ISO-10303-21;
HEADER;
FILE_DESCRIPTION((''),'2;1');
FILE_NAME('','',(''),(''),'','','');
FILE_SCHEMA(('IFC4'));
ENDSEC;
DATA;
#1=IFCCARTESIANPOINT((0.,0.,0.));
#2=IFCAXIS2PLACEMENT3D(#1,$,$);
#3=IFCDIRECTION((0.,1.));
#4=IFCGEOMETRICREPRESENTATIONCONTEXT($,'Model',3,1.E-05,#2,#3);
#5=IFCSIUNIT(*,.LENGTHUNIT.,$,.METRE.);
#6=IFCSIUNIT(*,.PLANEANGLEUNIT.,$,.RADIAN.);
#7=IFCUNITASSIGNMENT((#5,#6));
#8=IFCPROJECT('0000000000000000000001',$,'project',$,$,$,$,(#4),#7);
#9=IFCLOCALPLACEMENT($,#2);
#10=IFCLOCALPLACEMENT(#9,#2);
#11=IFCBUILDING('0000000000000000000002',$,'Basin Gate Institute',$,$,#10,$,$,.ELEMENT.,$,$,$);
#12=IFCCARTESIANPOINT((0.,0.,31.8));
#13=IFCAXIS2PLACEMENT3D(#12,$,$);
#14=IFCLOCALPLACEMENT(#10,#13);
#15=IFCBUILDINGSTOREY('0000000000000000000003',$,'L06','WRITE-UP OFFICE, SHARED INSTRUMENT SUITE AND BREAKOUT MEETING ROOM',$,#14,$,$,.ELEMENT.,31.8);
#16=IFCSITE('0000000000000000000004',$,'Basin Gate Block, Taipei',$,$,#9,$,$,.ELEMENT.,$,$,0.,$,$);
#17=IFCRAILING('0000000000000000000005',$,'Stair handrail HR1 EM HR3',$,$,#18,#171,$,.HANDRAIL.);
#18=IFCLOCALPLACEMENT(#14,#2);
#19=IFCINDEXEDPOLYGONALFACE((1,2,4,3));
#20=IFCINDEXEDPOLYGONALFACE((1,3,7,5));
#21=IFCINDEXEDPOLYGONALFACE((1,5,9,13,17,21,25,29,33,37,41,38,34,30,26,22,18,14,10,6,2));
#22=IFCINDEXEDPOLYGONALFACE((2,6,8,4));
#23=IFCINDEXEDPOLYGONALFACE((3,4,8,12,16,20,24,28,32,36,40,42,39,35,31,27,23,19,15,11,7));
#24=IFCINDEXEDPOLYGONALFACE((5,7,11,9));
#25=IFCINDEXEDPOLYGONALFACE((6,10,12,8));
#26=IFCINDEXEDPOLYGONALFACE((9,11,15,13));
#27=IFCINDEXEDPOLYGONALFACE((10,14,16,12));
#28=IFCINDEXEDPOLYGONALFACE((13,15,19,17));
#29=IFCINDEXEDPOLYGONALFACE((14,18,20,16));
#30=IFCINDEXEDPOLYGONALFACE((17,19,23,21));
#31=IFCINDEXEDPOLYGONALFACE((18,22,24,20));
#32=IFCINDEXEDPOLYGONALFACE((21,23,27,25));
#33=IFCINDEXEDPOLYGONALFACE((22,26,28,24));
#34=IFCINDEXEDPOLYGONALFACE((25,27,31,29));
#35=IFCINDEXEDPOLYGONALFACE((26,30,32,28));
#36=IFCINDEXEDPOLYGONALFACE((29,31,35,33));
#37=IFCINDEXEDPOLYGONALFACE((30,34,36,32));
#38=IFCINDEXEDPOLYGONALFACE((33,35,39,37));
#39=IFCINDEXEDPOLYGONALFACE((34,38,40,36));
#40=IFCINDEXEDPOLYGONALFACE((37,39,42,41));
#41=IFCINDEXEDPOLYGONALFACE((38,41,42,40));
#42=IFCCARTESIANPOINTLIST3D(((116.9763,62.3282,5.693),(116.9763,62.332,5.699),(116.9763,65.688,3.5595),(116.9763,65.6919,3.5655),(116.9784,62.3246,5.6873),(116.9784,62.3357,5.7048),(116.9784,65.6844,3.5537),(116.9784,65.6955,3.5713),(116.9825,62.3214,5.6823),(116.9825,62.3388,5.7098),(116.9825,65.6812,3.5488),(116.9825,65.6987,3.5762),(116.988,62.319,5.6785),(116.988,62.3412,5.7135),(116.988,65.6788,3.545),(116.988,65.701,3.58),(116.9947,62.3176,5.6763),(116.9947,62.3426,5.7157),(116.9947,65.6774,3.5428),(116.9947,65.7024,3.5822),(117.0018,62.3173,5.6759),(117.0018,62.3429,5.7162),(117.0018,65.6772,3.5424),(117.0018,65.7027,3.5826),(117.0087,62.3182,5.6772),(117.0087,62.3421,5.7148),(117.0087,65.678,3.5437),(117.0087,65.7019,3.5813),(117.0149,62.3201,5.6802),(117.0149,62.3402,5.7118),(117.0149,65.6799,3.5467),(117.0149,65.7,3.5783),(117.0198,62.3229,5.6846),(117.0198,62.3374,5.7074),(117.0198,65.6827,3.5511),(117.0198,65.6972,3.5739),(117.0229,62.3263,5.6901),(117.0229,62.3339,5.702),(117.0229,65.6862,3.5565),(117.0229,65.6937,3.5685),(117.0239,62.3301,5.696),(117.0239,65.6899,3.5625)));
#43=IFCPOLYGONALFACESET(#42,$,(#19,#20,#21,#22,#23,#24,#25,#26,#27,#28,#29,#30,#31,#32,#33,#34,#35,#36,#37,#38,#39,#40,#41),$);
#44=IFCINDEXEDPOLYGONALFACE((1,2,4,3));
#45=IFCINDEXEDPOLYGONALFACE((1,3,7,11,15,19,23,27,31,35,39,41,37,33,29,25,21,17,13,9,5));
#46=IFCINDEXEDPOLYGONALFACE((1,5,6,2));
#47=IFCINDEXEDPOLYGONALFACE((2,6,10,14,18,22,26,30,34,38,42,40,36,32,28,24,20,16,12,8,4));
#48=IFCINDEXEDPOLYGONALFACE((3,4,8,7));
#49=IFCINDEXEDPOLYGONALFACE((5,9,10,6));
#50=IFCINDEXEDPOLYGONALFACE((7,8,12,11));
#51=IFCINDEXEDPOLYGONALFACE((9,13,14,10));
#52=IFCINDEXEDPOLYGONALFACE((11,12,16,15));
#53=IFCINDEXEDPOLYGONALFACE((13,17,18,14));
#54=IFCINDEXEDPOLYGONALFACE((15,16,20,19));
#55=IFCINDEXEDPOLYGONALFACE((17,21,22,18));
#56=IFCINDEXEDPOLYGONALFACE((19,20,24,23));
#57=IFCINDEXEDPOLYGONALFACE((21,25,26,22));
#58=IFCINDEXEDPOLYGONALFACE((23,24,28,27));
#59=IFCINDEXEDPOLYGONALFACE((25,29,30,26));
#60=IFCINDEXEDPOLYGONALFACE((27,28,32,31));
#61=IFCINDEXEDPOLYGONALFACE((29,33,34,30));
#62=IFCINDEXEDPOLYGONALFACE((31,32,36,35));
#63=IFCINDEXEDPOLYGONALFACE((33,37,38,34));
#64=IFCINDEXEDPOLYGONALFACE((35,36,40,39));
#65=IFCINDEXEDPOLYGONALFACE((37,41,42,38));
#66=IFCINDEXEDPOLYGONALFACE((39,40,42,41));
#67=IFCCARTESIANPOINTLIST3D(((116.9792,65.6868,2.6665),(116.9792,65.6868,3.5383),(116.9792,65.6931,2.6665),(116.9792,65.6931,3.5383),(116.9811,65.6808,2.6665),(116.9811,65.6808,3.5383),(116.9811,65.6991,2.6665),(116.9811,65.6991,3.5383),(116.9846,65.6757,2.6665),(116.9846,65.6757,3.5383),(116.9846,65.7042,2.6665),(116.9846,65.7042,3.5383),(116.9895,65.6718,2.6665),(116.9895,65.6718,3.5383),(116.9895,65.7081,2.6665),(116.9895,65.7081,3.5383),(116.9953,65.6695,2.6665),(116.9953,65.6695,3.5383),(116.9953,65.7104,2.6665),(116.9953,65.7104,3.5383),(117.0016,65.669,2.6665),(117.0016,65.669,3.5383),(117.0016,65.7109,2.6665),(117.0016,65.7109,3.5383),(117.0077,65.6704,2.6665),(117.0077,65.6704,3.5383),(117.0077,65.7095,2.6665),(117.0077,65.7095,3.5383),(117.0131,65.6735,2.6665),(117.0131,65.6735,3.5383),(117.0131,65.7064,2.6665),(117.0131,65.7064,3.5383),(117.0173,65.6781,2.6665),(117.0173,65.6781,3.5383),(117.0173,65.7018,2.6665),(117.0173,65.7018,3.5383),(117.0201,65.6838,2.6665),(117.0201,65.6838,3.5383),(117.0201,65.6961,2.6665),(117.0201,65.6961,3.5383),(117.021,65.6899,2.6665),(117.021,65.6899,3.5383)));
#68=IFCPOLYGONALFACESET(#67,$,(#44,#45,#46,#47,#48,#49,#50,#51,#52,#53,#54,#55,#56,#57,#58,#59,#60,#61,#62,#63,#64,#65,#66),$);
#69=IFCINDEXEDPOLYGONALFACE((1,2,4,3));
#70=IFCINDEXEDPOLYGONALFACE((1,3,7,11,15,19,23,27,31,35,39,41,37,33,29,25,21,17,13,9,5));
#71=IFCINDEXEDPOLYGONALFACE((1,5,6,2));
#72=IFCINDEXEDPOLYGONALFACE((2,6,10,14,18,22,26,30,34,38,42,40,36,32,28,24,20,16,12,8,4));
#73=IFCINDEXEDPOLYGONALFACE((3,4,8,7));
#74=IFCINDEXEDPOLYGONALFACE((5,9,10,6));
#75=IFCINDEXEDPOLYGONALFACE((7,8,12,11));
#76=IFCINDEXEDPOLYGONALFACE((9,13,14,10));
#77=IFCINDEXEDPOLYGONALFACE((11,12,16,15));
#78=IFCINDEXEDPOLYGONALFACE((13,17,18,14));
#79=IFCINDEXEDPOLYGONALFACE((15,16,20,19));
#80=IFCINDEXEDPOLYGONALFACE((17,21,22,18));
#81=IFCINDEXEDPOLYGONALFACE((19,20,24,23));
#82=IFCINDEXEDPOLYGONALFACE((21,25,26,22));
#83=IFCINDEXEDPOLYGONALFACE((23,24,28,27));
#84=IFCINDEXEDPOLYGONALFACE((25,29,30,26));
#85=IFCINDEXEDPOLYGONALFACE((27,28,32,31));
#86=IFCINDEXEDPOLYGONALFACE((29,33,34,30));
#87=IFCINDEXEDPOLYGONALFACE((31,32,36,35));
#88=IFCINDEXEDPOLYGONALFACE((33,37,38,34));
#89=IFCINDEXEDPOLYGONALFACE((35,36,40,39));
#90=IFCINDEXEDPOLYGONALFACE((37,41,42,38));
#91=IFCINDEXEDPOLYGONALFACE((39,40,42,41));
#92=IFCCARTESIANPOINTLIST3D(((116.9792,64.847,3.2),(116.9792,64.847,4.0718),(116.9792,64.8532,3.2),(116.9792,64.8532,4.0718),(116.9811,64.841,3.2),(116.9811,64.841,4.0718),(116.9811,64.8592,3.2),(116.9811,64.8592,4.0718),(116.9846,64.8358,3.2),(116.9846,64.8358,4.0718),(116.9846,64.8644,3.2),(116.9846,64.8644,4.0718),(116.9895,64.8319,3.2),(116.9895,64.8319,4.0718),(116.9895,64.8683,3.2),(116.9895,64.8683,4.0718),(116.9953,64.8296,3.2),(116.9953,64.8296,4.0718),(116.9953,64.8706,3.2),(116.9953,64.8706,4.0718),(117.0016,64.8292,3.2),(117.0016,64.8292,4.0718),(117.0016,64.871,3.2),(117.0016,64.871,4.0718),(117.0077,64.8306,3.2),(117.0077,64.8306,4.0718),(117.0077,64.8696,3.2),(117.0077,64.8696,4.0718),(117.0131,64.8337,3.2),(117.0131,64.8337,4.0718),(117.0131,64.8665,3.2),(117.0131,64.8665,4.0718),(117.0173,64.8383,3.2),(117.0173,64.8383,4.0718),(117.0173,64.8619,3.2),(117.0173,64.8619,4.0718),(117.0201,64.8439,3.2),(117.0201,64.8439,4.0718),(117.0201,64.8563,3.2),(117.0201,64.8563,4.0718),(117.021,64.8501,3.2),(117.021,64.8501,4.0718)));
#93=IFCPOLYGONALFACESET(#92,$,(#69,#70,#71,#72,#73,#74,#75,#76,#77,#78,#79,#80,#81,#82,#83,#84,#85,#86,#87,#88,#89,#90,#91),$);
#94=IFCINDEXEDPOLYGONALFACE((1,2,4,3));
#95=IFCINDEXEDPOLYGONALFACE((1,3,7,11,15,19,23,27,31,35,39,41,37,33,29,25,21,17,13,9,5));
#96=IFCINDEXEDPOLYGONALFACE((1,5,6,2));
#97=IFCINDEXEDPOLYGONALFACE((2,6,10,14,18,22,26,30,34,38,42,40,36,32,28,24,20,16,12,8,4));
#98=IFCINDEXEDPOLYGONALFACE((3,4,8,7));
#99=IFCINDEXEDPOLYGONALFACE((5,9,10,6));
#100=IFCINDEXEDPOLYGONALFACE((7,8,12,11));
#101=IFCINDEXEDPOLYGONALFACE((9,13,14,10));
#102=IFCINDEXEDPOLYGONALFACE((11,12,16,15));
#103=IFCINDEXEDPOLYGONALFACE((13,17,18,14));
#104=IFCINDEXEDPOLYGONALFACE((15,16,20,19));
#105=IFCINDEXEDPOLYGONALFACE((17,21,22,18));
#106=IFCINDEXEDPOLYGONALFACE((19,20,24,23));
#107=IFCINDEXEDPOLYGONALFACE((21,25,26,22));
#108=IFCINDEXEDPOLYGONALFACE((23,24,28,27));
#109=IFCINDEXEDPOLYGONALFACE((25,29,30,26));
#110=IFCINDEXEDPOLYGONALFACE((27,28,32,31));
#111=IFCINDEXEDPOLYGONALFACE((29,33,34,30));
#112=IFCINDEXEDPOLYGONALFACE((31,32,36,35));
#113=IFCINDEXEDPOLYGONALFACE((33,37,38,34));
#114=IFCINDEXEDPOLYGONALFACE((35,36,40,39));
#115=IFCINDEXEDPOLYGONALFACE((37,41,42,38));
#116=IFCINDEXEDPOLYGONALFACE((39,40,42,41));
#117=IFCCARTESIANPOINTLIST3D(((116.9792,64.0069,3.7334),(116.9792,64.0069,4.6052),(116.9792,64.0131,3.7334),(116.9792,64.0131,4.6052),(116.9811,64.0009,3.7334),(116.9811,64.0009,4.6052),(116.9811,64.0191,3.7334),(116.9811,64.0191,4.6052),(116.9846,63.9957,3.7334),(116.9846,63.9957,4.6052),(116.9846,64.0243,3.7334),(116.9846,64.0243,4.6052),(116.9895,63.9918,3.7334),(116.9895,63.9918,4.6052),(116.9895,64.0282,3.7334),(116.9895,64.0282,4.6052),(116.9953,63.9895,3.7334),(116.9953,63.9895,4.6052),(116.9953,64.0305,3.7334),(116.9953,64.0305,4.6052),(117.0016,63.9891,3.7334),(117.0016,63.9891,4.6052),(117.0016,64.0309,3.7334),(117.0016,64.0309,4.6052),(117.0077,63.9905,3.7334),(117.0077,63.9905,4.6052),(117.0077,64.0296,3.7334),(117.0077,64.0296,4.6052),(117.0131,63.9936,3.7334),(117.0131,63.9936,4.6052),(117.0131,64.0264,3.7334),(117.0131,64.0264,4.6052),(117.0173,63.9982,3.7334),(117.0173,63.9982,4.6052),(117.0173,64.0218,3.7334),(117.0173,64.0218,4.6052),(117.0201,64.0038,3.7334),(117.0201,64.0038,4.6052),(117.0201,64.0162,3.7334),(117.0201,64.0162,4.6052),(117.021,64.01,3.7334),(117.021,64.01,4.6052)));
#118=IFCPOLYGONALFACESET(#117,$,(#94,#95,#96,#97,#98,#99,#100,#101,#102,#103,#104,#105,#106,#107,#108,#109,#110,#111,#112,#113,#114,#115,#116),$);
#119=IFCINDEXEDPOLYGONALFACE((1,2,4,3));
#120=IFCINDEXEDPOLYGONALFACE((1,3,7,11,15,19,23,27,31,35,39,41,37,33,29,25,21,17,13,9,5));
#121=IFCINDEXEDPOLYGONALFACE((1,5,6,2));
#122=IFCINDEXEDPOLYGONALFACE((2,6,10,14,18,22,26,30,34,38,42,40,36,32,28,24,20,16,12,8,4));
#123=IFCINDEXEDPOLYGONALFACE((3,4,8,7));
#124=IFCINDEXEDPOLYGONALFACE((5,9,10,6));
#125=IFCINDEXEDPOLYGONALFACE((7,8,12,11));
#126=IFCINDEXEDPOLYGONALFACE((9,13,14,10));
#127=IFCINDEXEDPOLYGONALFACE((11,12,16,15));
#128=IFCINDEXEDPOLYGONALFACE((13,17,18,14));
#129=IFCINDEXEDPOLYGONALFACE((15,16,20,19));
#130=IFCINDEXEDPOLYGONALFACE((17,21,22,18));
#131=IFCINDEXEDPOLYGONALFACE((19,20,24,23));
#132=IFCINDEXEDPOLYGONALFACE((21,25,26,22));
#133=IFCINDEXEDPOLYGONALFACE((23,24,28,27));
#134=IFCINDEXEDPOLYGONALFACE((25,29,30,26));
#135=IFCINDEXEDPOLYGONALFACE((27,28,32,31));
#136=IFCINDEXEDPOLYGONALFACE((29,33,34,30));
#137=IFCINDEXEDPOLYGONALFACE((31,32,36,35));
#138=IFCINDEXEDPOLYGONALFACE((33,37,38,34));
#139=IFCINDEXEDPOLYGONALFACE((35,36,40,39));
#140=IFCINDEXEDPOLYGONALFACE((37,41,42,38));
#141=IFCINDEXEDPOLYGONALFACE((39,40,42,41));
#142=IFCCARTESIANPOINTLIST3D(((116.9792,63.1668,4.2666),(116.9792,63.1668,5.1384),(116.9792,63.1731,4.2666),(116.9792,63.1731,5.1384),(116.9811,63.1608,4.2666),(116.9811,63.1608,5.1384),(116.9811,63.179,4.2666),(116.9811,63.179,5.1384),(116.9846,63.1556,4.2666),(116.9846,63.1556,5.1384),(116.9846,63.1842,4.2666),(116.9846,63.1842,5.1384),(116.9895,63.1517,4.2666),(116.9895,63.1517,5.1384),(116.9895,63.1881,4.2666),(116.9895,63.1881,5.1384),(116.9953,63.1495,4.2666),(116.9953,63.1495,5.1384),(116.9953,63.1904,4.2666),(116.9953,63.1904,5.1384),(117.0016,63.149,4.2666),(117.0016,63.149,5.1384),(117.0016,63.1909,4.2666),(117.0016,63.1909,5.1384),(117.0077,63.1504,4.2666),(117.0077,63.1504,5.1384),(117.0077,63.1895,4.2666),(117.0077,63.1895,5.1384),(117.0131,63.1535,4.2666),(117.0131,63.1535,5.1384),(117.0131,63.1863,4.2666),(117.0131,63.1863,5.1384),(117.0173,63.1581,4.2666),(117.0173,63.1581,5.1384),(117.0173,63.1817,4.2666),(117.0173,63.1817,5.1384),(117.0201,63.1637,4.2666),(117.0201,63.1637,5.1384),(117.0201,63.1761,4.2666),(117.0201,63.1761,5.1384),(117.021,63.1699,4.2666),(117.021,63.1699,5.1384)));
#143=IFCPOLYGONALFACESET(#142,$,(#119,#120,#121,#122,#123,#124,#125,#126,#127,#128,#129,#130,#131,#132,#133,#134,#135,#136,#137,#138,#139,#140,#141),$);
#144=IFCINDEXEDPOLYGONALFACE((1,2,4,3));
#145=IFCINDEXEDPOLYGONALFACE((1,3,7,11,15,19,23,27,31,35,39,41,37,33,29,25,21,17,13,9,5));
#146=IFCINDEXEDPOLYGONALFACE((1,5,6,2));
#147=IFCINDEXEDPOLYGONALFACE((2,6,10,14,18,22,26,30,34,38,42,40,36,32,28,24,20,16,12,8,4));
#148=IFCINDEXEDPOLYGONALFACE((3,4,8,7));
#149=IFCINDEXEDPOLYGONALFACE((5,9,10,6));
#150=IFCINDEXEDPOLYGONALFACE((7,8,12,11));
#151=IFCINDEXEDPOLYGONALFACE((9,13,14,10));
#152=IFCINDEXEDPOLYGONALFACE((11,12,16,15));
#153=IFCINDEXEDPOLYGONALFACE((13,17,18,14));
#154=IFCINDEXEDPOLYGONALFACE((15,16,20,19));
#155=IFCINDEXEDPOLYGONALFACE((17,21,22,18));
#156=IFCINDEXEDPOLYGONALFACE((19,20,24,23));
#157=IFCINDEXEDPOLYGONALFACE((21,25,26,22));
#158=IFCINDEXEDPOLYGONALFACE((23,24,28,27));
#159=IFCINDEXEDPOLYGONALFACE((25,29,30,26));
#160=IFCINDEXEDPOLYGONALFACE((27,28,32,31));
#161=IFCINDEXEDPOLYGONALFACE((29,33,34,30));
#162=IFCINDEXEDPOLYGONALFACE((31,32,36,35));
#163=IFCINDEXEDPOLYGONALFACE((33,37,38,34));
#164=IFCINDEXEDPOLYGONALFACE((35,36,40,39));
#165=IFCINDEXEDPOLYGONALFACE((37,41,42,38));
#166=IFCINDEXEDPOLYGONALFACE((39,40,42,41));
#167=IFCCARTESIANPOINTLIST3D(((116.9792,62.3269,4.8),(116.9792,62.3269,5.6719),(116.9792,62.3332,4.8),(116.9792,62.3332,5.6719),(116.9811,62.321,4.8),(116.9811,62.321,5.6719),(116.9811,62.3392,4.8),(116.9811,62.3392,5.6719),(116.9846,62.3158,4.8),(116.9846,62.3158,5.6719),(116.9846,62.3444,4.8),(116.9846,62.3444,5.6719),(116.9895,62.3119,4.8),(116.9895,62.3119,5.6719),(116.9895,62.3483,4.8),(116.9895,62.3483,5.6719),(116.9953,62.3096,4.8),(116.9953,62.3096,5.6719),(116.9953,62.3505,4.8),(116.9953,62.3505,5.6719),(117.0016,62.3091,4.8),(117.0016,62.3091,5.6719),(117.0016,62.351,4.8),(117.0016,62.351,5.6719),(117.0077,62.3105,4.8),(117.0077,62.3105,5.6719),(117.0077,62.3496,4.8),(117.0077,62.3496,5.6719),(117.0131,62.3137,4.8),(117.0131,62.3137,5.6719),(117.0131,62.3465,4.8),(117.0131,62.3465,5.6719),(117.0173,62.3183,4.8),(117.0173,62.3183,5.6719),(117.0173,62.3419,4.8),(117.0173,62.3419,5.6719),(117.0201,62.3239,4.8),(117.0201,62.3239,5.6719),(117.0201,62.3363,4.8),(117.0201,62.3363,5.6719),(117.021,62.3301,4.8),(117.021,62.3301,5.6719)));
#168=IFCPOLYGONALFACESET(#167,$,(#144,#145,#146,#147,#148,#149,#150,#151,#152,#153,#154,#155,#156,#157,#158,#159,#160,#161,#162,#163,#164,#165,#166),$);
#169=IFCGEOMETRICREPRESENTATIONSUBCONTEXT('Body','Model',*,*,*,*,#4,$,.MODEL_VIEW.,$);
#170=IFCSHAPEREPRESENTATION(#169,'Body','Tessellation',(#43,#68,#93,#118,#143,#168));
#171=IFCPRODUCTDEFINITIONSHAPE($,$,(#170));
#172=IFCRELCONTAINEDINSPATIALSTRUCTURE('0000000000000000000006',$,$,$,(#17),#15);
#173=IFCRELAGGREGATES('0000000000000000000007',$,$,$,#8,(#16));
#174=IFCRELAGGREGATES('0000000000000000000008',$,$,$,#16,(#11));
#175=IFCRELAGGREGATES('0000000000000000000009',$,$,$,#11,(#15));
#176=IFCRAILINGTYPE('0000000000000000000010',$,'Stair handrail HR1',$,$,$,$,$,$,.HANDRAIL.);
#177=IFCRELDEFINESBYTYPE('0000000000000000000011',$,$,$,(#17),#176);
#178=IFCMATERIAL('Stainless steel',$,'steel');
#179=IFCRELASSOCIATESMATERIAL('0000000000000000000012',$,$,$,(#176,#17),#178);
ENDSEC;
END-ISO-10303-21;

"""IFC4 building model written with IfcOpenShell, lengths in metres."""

from ifc_helpers import new_model, si_unit, direction, frame, origin, origin_2d, place, context, subcontext, project, spatial, circle, extrude, material, type_object, element, save


model = new_model("IFC4")

# Units and contexts
model_context = context("Model", 3, precision=1e-05, world=origin(), true_north=direction((0.0, 1.0)))
body_context = subcontext(model_context, "Body", "Model", "MODEL_VIEW")
ifc_project = project(units=[si_unit("LENGTHUNIT", "METRE"), si_unit("PLANEANGLEUNIT", "RADIAN")], contexts=[model_context])

# Site, building, storey
site_placement = place(None, origin())
site = spatial("IfcSite", under=ifc_project, at=site_placement, Name="Basin Gate Block, Taipei", CompositionType="ELEMENT", RefElevation=0.0)
building_placement = place(site_placement, origin())
building = spatial("IfcBuilding", under=site, at=building_placement, Name="Basin Gate Institute", CompositionType="ELEMENT")
storey_placement = place(building_placement, frame((0.0, 0.0, 31.8)))
storey = spatial("IfcBuildingStorey", under=building, at=storey_placement, Name="L06", Description="WRITE-UP OFFICE, SHARED INSTRUMENT SUITE AND BREAKOUT MEETING ROOM", CompositionType="ELEMENT", Elevation=31.8)

# Railing
ifc_material_1 = material(Name="Stainless steel", Category="steel")
railing_type_1 = type_object("IfcRailingType", Name="Stair handrail HR1", PredefinedType="HANDRAIL", material=ifc_material_1)
railing_1_placement = place(storey_placement, frame((117.0, 65.6899, 2.6665)))
element("IfcRailing", 1, at=railing_1_placement, inside=storey, type_object=railing_type_1, material=ifc_material_1, Name="Stair handrail HR1 EM HR3", PredefinedType="HANDRAIL", context=body_context, shape_type="SweptSolid", body=[
    extrude(circle(Radius=0.0239, at=origin_2d()), frame((0.0, 0.0, 0.896), z_axis=(0.0, -0.844179, 0.536062), x_axis=(1.0, 0.0, 0.0)), (0.0, 0.0, 1.0), 3.98),
    extrude(circle(Radius=0.021, at=origin_2d()), origin(), (0.0, 0.0, 1.0), 0.8718),
    extrude(circle(Radius=0.021, at=origin_2d()), frame((0.0, -0.8398, 0.5334)), (0.0, 0.0, 1.0), 0.8718),
    extrude(circle(Radius=0.021, at=origin_2d()), frame((0.0, -1.6799, 1.0669)), (0.0, 0.0, 1.0), 0.8718),
    extrude(circle(Radius=0.021, at=origin_2d()), frame((0.0, -2.52, 1.6001)), (0.0, 0.0, 1.0), 0.8718),
    extrude(circle(Radius=0.021, at=origin_2d()), frame((0.0, -3.3599, 2.1335)), (0.0, 0.0, 1.0), 0.8718),
])

save(model, "model.ifc")
